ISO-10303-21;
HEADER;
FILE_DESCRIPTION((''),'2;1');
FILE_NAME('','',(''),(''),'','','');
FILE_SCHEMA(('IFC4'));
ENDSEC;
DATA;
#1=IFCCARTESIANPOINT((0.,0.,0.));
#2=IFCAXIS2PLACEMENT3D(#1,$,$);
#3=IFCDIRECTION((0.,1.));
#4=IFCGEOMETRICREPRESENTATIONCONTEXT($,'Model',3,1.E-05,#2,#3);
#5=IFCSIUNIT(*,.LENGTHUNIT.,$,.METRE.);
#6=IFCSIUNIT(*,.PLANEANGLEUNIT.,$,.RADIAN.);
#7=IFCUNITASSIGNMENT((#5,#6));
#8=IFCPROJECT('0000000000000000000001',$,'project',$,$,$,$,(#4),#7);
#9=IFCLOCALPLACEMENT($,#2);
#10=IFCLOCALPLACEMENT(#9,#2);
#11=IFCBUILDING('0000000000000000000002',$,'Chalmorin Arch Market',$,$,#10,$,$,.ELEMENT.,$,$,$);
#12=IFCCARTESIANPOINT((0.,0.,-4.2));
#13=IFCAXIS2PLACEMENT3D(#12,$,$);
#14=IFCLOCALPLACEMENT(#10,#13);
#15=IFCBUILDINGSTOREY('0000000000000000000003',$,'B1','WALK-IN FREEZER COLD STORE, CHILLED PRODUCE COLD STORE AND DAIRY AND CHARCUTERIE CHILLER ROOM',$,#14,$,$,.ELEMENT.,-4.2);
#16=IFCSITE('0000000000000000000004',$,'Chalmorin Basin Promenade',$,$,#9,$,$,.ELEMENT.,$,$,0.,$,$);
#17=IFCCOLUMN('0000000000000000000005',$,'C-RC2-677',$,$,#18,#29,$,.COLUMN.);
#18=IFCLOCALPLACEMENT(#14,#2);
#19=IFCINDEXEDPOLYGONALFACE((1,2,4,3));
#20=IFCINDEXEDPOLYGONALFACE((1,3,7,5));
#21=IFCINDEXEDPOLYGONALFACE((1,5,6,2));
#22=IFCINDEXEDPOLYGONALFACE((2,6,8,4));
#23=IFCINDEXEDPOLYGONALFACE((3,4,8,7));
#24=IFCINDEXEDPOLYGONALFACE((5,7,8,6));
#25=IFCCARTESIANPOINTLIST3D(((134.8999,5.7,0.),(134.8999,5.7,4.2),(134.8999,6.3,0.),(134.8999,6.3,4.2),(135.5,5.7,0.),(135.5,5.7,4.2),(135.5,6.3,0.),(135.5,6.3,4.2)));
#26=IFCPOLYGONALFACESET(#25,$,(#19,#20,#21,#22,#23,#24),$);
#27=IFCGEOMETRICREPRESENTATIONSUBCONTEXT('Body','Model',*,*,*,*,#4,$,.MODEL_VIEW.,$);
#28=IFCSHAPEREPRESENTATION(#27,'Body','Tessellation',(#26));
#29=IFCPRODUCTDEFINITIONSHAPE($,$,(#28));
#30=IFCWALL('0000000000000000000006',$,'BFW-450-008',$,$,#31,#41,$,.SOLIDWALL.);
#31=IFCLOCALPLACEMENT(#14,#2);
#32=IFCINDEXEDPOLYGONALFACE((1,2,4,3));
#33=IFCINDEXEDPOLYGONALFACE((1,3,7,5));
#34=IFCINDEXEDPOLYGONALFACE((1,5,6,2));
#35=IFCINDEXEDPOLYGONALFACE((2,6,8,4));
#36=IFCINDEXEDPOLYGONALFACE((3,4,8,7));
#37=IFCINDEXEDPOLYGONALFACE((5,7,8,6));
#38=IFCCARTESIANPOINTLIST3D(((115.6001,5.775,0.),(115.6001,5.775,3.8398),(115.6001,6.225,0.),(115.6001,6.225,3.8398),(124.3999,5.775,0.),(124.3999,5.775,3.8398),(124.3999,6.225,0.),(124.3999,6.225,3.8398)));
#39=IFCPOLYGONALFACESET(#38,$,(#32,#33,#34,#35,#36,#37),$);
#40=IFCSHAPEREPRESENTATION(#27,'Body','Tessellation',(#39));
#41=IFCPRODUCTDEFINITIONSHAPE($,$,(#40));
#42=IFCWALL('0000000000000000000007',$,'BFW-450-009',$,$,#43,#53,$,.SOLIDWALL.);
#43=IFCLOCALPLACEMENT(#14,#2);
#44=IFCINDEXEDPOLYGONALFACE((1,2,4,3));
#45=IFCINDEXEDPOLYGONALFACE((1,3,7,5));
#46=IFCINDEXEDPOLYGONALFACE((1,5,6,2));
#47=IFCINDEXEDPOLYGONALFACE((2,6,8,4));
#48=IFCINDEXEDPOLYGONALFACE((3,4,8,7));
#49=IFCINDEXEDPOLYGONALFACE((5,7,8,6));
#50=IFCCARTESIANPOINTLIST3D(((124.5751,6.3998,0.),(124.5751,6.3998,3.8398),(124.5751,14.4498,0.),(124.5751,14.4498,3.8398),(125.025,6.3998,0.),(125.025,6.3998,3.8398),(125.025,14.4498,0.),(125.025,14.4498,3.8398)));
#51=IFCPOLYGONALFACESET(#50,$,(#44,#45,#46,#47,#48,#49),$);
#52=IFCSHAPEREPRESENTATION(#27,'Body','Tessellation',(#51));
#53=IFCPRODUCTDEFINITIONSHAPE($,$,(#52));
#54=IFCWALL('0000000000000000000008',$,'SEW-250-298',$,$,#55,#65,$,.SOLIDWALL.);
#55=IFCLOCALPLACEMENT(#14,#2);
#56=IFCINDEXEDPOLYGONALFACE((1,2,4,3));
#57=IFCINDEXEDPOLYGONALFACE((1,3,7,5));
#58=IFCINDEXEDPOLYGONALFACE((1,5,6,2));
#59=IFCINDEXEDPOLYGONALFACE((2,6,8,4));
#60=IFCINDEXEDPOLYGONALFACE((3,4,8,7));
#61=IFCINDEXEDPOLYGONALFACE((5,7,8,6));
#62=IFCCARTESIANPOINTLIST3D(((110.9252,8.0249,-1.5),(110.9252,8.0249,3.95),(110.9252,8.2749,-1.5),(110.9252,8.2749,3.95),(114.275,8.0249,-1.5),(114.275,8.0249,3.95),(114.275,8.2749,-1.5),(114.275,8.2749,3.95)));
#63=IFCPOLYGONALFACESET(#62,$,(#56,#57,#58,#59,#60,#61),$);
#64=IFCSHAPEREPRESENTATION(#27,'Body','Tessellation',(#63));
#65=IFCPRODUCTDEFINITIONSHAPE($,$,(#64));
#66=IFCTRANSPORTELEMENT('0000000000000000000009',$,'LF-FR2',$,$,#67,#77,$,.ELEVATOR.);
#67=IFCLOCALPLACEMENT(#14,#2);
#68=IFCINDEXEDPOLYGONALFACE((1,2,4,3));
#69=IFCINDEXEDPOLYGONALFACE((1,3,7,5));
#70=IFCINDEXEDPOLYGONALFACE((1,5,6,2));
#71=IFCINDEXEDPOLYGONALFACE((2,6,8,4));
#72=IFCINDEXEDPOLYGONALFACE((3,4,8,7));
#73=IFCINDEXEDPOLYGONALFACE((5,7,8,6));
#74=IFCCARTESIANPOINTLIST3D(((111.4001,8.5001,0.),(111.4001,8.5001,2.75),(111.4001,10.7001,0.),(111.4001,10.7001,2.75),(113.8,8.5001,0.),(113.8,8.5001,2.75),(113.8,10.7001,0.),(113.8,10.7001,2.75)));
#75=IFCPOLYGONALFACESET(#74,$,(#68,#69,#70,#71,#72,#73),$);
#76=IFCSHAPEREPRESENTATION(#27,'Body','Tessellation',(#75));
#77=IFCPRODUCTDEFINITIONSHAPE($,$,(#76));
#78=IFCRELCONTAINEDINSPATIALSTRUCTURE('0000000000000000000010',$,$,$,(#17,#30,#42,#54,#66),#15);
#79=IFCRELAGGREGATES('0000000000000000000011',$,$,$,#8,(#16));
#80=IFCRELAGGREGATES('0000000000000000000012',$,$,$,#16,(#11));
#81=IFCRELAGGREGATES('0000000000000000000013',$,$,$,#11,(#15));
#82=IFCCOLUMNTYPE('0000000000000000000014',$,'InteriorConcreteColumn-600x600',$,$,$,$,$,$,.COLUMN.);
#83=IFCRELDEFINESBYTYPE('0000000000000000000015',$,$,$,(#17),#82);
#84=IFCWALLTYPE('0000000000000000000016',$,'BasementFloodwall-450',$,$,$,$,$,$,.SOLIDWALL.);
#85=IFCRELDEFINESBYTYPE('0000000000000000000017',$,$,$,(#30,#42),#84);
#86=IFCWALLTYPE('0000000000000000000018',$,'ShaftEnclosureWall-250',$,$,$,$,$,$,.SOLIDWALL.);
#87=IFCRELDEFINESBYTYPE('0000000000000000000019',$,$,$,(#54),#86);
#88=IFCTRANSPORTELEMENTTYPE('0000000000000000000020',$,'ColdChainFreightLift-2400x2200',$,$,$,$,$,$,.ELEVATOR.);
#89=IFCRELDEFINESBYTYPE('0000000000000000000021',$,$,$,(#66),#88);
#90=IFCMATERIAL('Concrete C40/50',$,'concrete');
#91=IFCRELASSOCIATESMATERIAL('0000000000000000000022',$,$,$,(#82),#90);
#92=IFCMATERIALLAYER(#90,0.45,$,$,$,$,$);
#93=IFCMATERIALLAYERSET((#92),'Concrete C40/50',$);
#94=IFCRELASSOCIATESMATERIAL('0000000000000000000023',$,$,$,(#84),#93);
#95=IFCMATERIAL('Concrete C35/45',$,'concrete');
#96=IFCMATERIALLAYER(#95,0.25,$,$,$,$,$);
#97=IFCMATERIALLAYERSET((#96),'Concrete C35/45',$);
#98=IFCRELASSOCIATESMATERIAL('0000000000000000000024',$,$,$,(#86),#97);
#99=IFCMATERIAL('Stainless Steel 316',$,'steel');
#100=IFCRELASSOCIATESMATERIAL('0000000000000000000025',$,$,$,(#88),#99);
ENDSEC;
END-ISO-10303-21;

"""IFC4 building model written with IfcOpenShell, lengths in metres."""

from ifc_helpers import new_model, si_unit, direction, frame, frame_2d, origin, origin_2d, place, context, subcontext, project, spatial, rectangle, extrude, material, layer, layer_set, material_profile, profile_set, type_object, element, save


model = new_model("IFC4")

# Units and contexts
model_context = context("Model", 3, precision=1e-05, world=origin(), true_north=direction((0.0, 1.0)))
body_context = subcontext(model_context, "Body", "Model", "MODEL_VIEW")
ifc_project = project(units=[si_unit("LENGTHUNIT", "METRE"), si_unit("PLANEANGLEUNIT", "RADIAN")], contexts=[model_context])

# Site, building, storey
site_placement = place(None, origin())
site = spatial("IfcSite", under=ifc_project, at=site_placement, Name="Chalmorin Basin Promenade", CompositionType="ELEMENT", RefElevation=0.0)
building_placement = place(site_placement, origin())
building = spatial("IfcBuilding", under=site, at=building_placement, Name="Chalmorin Arch Market", CompositionType="ELEMENT")
storey_placement = place(building_placement, frame((0.0, 0.0, -4.2)))
storey = spatial("IfcBuildingStorey", under=building, at=storey_placement, Name="B1", Description="WALK-IN FREEZER COLD STORE, CHILLED PRODUCE COLD STORE AND DAIRY AND CHARCUTERIE CHILLER ROOM", CompositionType="ELEMENT", Elevation=-4.2)

# Shared definitions
ifc_material_1 = material(Name="Concrete C40/50", Category="concrete")

# Column
ifc_material_profile_1 = material_profile(ifc_material_1, rectangle(XDim=0.6001, YDim=0.6001, at=origin_2d()), Name="RC600X600")
ifc_profile_set_1 = profile_set([ifc_material_profile_1], Name="Concrete C40/50")
column_type_1 = type_object("IfcColumnType", Name="InteriorConcreteColumn-600x600", PredefinedType="COLUMN", material=ifc_profile_set_1)
for number, where, z_axis, x_axis, name in (
    (1, (135.2, 6.0, 0.0), (0.0, 0.0, 1.0), (1.0, 0.0, 0.0), "C-RC2-677"),
):
    element("IfcColumn", number, at=place(storey_placement, frame(where, z_axis=z_axis, x_axis=x_axis)), inside=storey, type_object=column_type_1, Name=name, PredefinedType="COLUMN", context=body_context, shape_type="SweptSolid", body=[
        extrude(rectangle(XDim=0.6001, YDim=0.6001, at=origin_2d()), origin(), (0.0, 0.0, 1.0), 4.2),
    ])

# Walls
ifc_layer_1 = layer(ifc_material_1, 0.45)
ifc_layer_set_1 = layer_set([ifc_layer_1], Name="Concrete C40/50")
wall_type_1 = type_object("IfcWallType", Name="BasementFloodwall-450", PredefinedType="SOLIDWALL", material=ifc_layer_set_1)
wall_1_placement = place(storey_placement, frame((115.6001, 6.0, 0.0), z_axis=(0.0, 0.0, 1.0), x_axis=(1.0, 0.0, 0.0)))
element("IfcWall", 2, at=wall_1_placement, inside=storey, type_object=wall_type_1, Name="BFW-450-008", PredefinedType="SOLIDWALL", context=body_context, shape_type="SweptSolid", body=[
    extrude(rectangle(XDim=8.7998, YDim=0.45, at=frame_2d((4.3999, 0.0))), origin(), (0.0, 0.0, 1.0), 3.8398),
])
wall_2_placement = place(storey_placement, frame((124.8, 6.3999, 0.0), z_axis=(0.0, 0.0, 1.0), x_axis=(0.0, 1.0, 0.0)))
element("IfcWall", 3, at=wall_2_placement, inside=storey, type_object=wall_type_1, Name="BFW-450-009", PredefinedType="SOLIDWALL", context=body_context, shape_type="SweptSolid", body=[
    extrude(rectangle(XDim=8.05, YDim=0.45, at=frame_2d((4.0249, 0.0))), origin(), (0.0, 0.0, 1.0), 3.8398),
])
ifc_material_2 = material(Name="Concrete C35/45", Category="concrete")
ifc_layer_2 = layer(ifc_material_2, 0.25)
ifc_layer_set_2 = layer_set([ifc_layer_2], Name="Concrete C35/45")
wall_type_2 = type_object("IfcWallType", Name="ShaftEnclosureWall-250", PredefinedType="SOLIDWALL", material=ifc_layer_set_2)
wall_3_placement = place(storey_placement, frame((114.2749, 8.1499, -1.5), z_axis=(0.0, 0.0, 1.0), x_axis=(-1.0, 0.0, 0.0)))
element("IfcWall", 4, at=wall_3_placement, inside=storey, type_object=wall_type_2, Name="SEW-250-298", PredefinedType="SOLIDWALL", context=body_context, shape_type="SweptSolid", body=[
    extrude(rectangle(XDim=3.3499, YDim=0.25, at=frame_2d((1.6748, 0.0))), origin(), (0.0, 0.0, 1.0), 5.45),
])

# Transport element
ifc_material_3 = material(Name="Stainless Steel 316", Category="steel")
transport_element_type = type_object("IfcTransportElementType", Name="ColdChainFreightLift-2400x2200", PredefinedType="ELEVATOR", material=ifc_material_3)
transport_element_placement = place(storey_placement, frame((112.6001, 9.6001, 0.0), z_axis=(0.0, 0.0, 1.0), x_axis=(1.0, 0.0, 0.0)))
element("IfcTransportElement", 5, at=transport_element_placement, inside=storey, type_object=transport_element_type, Name="LF-FR2", PredefinedType="ELEVATOR", context=body_context, shape_type="SweptSolid", body=[
    extrude(rectangle(XDim=2.3999, YDim=2.2, at=origin_2d()), origin(), (0.0, 0.0, 1.0), 2.75),
])

save(model, "model.ifc")
